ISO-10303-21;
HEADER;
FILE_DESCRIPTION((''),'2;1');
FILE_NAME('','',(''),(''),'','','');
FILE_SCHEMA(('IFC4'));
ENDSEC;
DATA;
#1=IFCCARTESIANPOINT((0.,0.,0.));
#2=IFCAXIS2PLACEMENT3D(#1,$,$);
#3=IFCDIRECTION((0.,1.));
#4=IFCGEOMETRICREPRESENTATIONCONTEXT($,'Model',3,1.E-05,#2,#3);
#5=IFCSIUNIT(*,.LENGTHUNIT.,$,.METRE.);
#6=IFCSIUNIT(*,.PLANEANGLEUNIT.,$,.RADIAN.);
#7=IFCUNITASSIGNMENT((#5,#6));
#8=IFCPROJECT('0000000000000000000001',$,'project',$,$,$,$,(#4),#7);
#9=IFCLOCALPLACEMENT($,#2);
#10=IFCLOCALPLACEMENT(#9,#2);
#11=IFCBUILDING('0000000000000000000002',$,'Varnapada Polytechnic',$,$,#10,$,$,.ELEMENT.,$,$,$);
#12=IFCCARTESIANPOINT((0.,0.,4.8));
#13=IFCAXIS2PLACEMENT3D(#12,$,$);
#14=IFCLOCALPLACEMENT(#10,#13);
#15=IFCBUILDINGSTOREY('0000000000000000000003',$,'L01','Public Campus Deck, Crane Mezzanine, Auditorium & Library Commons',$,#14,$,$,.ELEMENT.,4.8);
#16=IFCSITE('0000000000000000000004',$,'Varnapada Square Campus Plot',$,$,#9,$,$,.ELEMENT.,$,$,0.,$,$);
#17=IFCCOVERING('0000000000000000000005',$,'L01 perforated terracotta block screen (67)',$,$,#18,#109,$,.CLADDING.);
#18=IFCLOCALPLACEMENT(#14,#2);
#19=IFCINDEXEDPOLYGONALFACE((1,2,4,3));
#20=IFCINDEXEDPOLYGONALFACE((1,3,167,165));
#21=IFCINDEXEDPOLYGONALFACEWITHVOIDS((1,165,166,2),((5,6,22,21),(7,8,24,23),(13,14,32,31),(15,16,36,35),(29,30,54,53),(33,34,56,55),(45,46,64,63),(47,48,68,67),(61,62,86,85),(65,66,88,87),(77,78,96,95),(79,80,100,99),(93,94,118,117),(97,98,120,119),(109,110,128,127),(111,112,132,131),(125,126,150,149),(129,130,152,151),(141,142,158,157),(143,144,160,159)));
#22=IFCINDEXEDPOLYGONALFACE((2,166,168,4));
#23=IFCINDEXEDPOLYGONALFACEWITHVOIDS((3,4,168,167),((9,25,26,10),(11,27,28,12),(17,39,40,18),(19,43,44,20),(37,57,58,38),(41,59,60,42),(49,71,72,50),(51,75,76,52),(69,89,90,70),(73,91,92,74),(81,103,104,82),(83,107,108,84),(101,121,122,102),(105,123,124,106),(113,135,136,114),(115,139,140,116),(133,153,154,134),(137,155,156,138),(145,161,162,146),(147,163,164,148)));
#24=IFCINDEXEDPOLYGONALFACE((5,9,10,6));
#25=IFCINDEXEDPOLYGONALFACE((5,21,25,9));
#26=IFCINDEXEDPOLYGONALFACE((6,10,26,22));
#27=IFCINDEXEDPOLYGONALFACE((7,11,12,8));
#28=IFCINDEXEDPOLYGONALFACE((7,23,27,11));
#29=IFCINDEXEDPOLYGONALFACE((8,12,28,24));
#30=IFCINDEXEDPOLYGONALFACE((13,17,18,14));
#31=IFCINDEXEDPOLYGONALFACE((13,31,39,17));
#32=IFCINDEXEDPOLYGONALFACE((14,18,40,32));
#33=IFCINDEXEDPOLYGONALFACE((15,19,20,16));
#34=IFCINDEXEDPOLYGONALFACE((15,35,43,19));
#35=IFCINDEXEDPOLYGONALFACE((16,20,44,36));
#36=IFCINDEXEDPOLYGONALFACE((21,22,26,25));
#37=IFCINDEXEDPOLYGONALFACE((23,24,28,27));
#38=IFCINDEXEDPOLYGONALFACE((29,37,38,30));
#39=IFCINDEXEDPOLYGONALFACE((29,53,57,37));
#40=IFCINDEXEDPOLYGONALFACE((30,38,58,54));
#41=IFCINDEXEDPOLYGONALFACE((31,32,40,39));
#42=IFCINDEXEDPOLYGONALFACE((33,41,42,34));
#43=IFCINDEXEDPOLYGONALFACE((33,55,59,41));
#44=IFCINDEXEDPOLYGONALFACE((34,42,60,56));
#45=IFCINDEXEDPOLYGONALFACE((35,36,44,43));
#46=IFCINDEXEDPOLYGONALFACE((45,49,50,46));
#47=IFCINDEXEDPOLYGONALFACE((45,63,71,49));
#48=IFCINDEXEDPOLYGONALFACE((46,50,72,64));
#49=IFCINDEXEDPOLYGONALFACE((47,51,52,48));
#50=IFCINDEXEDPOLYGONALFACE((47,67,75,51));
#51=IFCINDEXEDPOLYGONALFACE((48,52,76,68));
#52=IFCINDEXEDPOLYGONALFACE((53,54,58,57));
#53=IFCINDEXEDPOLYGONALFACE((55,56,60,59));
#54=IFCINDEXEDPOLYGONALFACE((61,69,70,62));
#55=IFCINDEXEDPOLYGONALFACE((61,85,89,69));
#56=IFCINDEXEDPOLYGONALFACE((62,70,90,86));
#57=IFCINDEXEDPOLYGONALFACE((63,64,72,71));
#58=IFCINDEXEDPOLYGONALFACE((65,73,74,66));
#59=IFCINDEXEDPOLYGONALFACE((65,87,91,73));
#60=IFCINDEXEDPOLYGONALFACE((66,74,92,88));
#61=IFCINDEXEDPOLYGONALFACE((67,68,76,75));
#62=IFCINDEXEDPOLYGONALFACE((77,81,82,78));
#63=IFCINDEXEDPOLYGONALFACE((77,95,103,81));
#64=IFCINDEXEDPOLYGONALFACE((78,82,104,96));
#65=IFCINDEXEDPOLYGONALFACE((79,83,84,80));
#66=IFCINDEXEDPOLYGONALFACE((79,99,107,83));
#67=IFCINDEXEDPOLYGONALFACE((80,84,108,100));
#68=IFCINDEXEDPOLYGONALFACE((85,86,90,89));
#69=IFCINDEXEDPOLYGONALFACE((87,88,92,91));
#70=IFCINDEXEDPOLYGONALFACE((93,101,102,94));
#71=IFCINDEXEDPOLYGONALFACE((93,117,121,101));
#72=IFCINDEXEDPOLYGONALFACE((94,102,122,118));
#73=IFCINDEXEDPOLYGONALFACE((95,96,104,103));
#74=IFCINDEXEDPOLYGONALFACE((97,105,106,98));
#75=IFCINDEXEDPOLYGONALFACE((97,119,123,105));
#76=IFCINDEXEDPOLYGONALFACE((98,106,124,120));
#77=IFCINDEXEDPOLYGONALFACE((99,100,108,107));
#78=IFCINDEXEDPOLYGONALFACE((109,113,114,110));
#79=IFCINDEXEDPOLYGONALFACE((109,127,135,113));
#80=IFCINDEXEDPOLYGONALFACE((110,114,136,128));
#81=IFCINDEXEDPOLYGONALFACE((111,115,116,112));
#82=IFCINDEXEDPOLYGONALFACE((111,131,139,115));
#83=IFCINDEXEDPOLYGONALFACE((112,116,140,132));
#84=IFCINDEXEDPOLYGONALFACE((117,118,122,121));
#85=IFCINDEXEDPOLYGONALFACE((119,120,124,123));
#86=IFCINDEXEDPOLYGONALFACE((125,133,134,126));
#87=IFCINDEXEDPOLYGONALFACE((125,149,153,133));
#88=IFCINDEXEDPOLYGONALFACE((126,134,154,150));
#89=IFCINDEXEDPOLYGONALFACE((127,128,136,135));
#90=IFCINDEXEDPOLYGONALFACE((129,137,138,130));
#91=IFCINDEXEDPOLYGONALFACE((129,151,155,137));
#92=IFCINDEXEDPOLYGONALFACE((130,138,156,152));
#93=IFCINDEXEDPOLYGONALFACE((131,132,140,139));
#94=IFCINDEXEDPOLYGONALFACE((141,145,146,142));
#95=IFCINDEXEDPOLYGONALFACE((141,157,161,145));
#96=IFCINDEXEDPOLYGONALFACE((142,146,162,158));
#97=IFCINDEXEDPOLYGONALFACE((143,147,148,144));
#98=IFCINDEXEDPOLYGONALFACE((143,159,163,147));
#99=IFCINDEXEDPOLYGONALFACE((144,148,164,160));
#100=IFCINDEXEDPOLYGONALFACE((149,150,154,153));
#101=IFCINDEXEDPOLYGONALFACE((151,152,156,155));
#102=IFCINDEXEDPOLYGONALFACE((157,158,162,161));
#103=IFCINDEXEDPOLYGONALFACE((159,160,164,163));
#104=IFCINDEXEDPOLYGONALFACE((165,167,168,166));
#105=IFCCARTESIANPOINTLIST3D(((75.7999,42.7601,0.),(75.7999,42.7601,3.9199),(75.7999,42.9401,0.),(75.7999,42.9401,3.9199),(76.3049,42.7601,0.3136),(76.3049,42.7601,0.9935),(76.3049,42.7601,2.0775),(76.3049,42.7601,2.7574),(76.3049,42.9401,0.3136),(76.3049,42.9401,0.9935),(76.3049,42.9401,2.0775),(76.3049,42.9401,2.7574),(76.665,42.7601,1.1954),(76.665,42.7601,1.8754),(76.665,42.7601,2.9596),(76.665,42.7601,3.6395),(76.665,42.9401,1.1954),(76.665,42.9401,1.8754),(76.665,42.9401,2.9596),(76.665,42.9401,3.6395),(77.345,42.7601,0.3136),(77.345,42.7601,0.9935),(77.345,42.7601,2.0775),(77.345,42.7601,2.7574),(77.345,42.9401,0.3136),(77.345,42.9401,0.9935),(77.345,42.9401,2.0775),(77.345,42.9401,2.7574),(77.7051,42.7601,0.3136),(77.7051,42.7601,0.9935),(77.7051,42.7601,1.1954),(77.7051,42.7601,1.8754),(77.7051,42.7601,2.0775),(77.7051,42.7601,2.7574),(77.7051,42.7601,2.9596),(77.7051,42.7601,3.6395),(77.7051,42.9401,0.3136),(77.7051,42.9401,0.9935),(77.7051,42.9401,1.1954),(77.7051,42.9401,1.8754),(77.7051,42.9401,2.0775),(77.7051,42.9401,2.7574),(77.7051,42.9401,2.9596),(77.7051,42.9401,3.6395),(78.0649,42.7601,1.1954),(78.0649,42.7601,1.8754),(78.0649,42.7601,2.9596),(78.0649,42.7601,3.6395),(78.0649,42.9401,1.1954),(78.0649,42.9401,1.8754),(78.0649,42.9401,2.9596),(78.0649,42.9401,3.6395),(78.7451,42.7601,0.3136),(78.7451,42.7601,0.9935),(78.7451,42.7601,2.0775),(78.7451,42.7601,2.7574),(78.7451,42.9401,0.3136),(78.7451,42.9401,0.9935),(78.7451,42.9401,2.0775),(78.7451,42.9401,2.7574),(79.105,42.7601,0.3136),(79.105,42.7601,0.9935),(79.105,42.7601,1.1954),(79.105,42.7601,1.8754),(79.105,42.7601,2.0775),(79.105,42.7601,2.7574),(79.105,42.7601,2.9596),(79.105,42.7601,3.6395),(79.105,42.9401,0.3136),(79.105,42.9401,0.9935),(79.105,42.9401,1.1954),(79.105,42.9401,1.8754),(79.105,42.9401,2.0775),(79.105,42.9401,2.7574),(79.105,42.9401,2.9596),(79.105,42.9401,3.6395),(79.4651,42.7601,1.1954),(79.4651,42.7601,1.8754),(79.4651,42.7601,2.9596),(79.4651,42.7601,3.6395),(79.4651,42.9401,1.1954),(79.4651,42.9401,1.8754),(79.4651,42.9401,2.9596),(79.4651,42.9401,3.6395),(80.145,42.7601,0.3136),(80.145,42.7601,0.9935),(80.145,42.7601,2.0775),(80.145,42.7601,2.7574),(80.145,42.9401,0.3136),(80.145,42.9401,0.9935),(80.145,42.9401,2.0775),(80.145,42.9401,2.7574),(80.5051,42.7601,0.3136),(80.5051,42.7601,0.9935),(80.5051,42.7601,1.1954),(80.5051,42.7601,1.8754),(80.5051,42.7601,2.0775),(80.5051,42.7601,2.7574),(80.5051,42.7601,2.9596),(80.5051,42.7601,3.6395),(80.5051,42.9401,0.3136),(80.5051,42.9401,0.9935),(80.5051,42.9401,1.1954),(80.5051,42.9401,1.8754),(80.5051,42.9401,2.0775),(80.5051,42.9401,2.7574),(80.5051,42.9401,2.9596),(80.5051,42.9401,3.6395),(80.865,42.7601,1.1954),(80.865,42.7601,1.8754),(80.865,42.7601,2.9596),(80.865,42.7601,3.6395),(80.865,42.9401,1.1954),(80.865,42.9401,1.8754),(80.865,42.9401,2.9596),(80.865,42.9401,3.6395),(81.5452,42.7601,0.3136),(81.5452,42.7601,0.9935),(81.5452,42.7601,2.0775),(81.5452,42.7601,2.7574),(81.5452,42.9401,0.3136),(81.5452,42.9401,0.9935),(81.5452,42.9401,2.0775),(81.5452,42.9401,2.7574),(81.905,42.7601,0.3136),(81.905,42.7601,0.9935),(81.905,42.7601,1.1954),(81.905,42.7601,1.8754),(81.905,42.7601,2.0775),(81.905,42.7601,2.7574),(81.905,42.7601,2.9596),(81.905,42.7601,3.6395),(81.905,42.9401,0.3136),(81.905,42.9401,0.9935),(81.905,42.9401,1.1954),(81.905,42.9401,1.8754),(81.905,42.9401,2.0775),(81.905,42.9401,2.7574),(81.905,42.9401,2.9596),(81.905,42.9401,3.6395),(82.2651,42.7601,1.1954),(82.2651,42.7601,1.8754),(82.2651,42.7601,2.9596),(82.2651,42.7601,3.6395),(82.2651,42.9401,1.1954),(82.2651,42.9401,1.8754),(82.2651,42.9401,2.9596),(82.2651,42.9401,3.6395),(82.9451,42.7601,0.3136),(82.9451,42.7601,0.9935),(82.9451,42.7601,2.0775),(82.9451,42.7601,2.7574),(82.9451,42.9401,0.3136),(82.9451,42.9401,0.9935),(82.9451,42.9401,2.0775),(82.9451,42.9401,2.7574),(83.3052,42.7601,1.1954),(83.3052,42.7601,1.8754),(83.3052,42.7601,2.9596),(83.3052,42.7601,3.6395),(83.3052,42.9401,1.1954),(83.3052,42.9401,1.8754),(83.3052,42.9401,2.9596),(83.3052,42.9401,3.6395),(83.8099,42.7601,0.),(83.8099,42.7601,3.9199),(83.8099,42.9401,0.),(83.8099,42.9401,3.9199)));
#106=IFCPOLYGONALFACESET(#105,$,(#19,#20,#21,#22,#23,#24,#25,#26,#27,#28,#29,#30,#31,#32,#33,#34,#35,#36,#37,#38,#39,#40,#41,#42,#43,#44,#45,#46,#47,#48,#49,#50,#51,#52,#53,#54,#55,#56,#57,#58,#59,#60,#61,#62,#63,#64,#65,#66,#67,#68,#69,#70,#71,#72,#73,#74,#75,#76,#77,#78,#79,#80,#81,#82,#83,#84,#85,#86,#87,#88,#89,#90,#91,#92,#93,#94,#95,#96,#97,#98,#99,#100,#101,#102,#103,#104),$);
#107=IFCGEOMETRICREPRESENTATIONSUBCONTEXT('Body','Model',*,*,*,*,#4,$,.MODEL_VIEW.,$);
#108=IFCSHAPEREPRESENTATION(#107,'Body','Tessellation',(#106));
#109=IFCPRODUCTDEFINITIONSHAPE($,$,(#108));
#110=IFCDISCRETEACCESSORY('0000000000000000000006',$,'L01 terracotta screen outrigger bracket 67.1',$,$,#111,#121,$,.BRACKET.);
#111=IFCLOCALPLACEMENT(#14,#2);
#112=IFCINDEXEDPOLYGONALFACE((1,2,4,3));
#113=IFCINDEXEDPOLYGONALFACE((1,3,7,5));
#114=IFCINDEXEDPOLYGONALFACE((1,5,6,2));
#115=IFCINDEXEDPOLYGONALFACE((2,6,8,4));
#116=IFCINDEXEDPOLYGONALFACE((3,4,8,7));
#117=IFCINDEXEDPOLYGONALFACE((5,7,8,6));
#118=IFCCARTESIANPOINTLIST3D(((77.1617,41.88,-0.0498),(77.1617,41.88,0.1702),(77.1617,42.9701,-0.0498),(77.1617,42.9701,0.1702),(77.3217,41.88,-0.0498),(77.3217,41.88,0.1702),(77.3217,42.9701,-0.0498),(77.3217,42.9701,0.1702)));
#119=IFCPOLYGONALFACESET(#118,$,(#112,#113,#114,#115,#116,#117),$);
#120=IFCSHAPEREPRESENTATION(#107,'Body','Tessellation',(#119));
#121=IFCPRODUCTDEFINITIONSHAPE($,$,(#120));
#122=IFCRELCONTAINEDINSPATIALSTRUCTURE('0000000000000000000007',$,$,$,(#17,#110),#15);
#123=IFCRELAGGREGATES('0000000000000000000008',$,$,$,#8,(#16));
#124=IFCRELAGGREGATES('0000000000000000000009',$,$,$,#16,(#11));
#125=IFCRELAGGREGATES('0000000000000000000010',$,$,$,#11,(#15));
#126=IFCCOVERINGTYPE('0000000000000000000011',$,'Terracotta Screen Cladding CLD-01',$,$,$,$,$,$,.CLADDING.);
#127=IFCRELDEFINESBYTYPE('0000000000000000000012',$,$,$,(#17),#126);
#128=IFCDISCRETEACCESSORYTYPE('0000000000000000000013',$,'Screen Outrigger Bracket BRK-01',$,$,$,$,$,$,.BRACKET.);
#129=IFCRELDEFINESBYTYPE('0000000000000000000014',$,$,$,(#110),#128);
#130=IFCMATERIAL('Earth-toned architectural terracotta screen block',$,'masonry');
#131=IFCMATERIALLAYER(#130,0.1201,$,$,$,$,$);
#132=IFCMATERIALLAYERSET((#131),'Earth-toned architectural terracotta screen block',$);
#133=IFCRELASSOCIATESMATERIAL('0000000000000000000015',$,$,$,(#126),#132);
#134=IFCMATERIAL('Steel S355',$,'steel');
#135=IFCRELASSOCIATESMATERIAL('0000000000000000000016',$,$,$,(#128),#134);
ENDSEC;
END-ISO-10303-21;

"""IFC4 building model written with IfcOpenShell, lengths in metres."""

from ifc_helpers import new_model, si_unit, direction, frame, frame_2d, origin, origin_2d, place, context, subcontext, project, spatial, rectangle, extrude, material, layer, layer_set, type_object, element, save


model = new_model("IFC4")

# Units and contexts
model_context = context("Model", 3, precision=1e-05, world=origin(), true_north=direction((0.0, 1.0)))
body_context = subcontext(model_context, "Body", "Model", "MODEL_VIEW")
ifc_project = project(units=[si_unit("LENGTHUNIT", "METRE"), si_unit("PLANEANGLEUNIT", "RADIAN")], contexts=[model_context])

# Site, building, storey
site_placement = place(None, origin())
site = spatial("IfcSite", under=ifc_project, at=site_placement, Name="Varnapada Square Campus Plot", CompositionType="ELEMENT", RefElevation=0.0)
building_placement = place(site_placement, origin())
building = spatial("IfcBuilding", under=site, at=building_placement, Name="Varnapada Polytechnic", CompositionType="ELEMENT")
storey_placement = place(building_placement, frame((0.0, 0.0, 4.8)))
storey = spatial("IfcBuildingStorey", under=building, at=storey_placement, Name="L01", Description="Public Campus Deck, Crane Mezzanine, Auditorium & Library Commons", CompositionType="ELEMENT", Elevation=4.8)

# Covering, openings
ifc_material_1 = material(Name="Earth-toned architectural terracotta screen block", Category="masonry")
ifc_layer_1 = layer(ifc_material_1, 0.1201)
ifc_layer_set_1 = layer_set([ifc_layer_1], Name="Earth-toned architectural terracotta screen block")
covering_type = type_object("IfcCoveringType", Name="Terracotta Screen Cladding CLD-01", PredefinedType="CLADDING", material=ifc_layer_set_1)
covering_placement = place(storey_placement, frame((75.8, 42.8501, 0.0), z_axis=(0.0, 0.0, 1.0), x_axis=(1.0, 0.0, 0.0)))
covering = element("IfcCovering", 1, at=covering_placement, inside=storey, type_object=covering_type, Name="L01 perforated terracotta block screen (67)", PredefinedType="CLADDING", context=body_context, shape_type="SweptSolid", body=[
    extrude(rectangle(XDim=8.01, YDim=0.1799, at=frame_2d((4.0049, 0.0))), origin(), (0.0, 0.0, 1.0), 3.9199),
])
opening_1_placement = place(covering_placement, frame((0.5049, 0.0, 0.3137)))
element("IfcOpeningElement", 2, at=opening_1_placement, cuts=covering, PredefinedType="OPENING", context=body_context, shape_type="SweptSolid", body=[
    extrude(rectangle(XDim=1.04, YDim=0.6799, at=frame_2d((0.52, 0.3398))), frame((0.0, 0.0999, 0.0), z_axis=(0.0, -1.0, 0.0), x_axis=(1.0, 0.0, 0.0)), (0.0, 0.0, 1.0), 0.2),
])
opening_2_placement = place(covering_placement, frame((1.905, 0.0, 0.3137)))
element("IfcOpeningElement", 3, at=opening_2_placement, cuts=covering, PredefinedType="OPENING", context=body_context, shape_type="SweptSolid", body=[
    extrude(rectangle(XDim=1.04, YDim=0.6799, at=frame_2d((0.52, 0.3398))), frame((0.0, 0.0999, 0.0), z_axis=(0.0, -1.0, 0.0), x_axis=(1.0, 0.0, 0.0)), (0.0, 0.0, 1.0), 0.2),
])
opening_3_placement = place(covering_placement, frame((3.3049, 0.0, 0.3137)))
element("IfcOpeningElement", 4, at=opening_3_placement, cuts=covering, PredefinedType="OPENING", context=body_context, shape_type="SweptSolid", body=[
    extrude(rectangle(XDim=1.04, YDim=0.6799, at=frame_2d((0.52, 0.3398))), frame((0.0, 0.0999, 0.0), z_axis=(0.0, -1.0, 0.0), x_axis=(1.0, 0.0, 0.0)), (0.0, 0.0, 1.0), 0.2),
])
opening_4_placement = place(covering_placement, frame((4.7051, 0.0, 0.3137)))
element("IfcOpeningElement", 5, at=opening_4_placement, cuts=covering, PredefinedType="OPENING", context=body_context, shape_type="SweptSolid", body=[
    extrude(rectangle(XDim=1.04, YDim=0.6799, at=frame_2d((0.52, 0.3398))), frame((0.0, 0.0999, 0.0), z_axis=(0.0, -1.0, 0.0), x_axis=(1.0, 0.0, 0.0)), (0.0, 0.0, 1.0), 0.2),
])
opening_5_placement = place(covering_placement, frame((6.105, 0.0, 0.3137)))
element("IfcOpeningElement", 6, at=opening_5_placement, cuts=covering, PredefinedType="OPENING", context=body_context, shape_type="SweptSolid", body=[
    extrude(rectangle(XDim=1.04, YDim=0.6799, at=frame_2d((0.52, 0.3398))), frame((0.0, 0.0999, 0.0), z_axis=(0.0, -1.0, 0.0), x_axis=(1.0, 0.0, 0.0)), (0.0, 0.0, 1.0), 0.2),
])
opening_6_placement = place(covering_placement, frame((0.865, 0.0, 1.1956)))
element("IfcOpeningElement", 7, at=opening_6_placement, cuts=covering, PredefinedType="OPENING", context=body_context, shape_type="SweptSolid", body=[
    extrude(rectangle(XDim=1.04, YDim=0.6799, at=frame_2d((0.52, 0.3398))), frame((0.0, 0.0999, 0.0), z_axis=(0.0, -1.0, 0.0), x_axis=(1.0, 0.0, 0.0)), (0.0, 0.0, 1.0), 0.2),
])
opening_7_placement = place(covering_placement, frame((2.2649, 0.0, 1.1956)))
element("IfcOpeningElement", 8, at=opening_7_placement, cuts=covering, PredefinedType="OPENING", context=body_context, shape_type="SweptSolid", body=[
    extrude(rectangle(XDim=1.04, YDim=0.6799, at=frame_2d((0.52, 0.3398))), frame((0.0, 0.0999, 0.0), z_axis=(0.0, -1.0, 0.0), x_axis=(1.0, 0.0, 0.0)), (0.0, 0.0, 1.0), 0.2),
])
opening_8_placement = place(covering_placement, frame((3.665, 0.0, 1.1956)))
element("IfcOpeningElement", 9, at=opening_8_placement, cuts=covering, PredefinedType="OPENING", context=body_context, shape_type="SweptSolid", body=[
    extrude(rectangle(XDim=1.04, YDim=0.6799, at=frame_2d((0.52, 0.3398))), frame((0.0, 0.0999, 0.0), z_axis=(0.0, -1.0, 0.0), x_axis=(1.0, 0.0, 0.0)), (0.0, 0.0, 1.0), 0.2),
])
opening_9_placement = place(covering_placement, frame((5.0649, 0.0, 1.1956)))
element("IfcOpeningElement", 10, at=opening_9_placement, cuts=covering, PredefinedType="OPENING", context=body_context, shape_type="SweptSolid", body=[
    extrude(rectangle(XDim=1.04, YDim=0.6799, at=frame_2d((0.52, 0.3398))), frame((0.0, 0.0999, 0.0), z_axis=(0.0, -1.0, 0.0), x_axis=(1.0, 0.0, 0.0)), (0.0, 0.0, 1.0), 0.2),
])
opening_10_placement = place(covering_placement, frame((6.4651, 0.0, 1.1956)))
element("IfcOpeningElement", 11, at=opening_10_placement, cuts=covering, PredefinedType="OPENING", context=body_context, shape_type="SweptSolid", body=[
    extrude(rectangle(XDim=1.04, YDim=0.6799, at=frame_2d((0.52, 0.3398))), frame((0.0, 0.0999, 0.0), z_axis=(0.0, -1.0, 0.0), x_axis=(1.0, 0.0, 0.0)), (0.0, 0.0, 1.0), 0.2),
])
opening_11_placement = place(covering_placement, frame((0.5049, 0.0, 2.0776)))
element("IfcOpeningElement", 12, at=opening_11_placement, cuts=covering, PredefinedType="OPENING", context=body_context, shape_type="SweptSolid", body=[
    extrude(rectangle(XDim=1.04, YDim=0.6799, at=frame_2d((0.52, 0.3398))), frame((0.0, 0.0999, 0.0), z_axis=(0.0, -1.0, 0.0), x_axis=(1.0, 0.0, 0.0)), (0.0, 0.0, 1.0), 0.2),
])
opening_12_placement = place(covering_placement, frame((1.905, 0.0, 2.0776)))
element("IfcOpeningElement", 13, at=opening_12_placement, cuts=covering, PredefinedType="OPENING", context=body_context, shape_type="SweptSolid", body=[
    extrude(rectangle(XDim=1.04, YDim=0.6799, at=frame_2d((0.52, 0.3398))), frame((0.0, 0.0999, 0.0), z_axis=(0.0, -1.0, 0.0), x_axis=(1.0, 0.0, 0.0)), (0.0, 0.0, 1.0), 0.2),
])
opening_13_placement = place(covering_placement, frame((3.3049, 0.0, 2.0776)))
element("IfcOpeningElement", 14, at=opening_13_placement, cuts=covering, PredefinedType="OPENING", context=body_context, shape_type="SweptSolid", body=[
    extrude(rectangle(XDim=1.04, YDim=0.6799, at=frame_2d((0.52, 0.3398))), frame((0.0, 0.0999, 0.0), z_axis=(0.0, -1.0, 0.0), x_axis=(1.0, 0.0, 0.0)), (0.0, 0.0, 1.0), 0.2),
])
opening_14_placement = place(covering_placement, frame((4.7051, 0.0, 2.0776)))
element("IfcOpeningElement", 15, at=opening_14_placement, cuts=covering, PredefinedType="OPENING", context=body_context, shape_type="SweptSolid", body=[
    extrude(rectangle(XDim=1.04, YDim=0.6799, at=frame_2d((0.52, 0.3398))), frame((0.0, 0.0999, 0.0), z_axis=(0.0, -1.0, 0.0), x_axis=(1.0, 0.0, 0.0)), (0.0, 0.0, 1.0), 0.2),
])
opening_15_placement = place(covering_placement, frame((6.105, 0.0, 2.0776)))
element("IfcOpeningElement", 16, at=opening_15_placement, cuts=covering, PredefinedType="OPENING", context=body_context, shape_type="SweptSolid", body=[
    extrude(rectangle(XDim=1.04, YDim=0.6799, at=frame_2d((0.52, 0.3398))), frame((0.0, 0.0999, 0.0), z_axis=(0.0, -1.0, 0.0), x_axis=(1.0, 0.0, 0.0)), (0.0, 0.0, 1.0), 0.2),
])
opening_16_placement = place(covering_placement, frame((0.865, 0.0, 2.9597)))
element("IfcOpeningElement", 17, at=opening_16_placement, cuts=covering, PredefinedType="OPENING", context=body_context, shape_type="SweptSolid", body=[
    extrude(rectangle(XDim=1.04, YDim=0.6799, at=frame_2d((0.52, 0.3398))), frame((0.0, 0.0999, 0.0), z_axis=(0.0, -1.0, 0.0), x_axis=(1.0, 0.0, 0.0)), (0.0, 0.0, 1.0), 0.2),
])
opening_17_placement = place(covering_placement, frame((2.2649, 0.0, 2.9597)))
element("IfcOpeningElement", 18, at=opening_17_placement, cuts=covering, PredefinedType="OPENING", context=body_context, shape_type="SweptSolid", body=[
    extrude(rectangle(XDim=1.04, YDim=0.6799, at=frame_2d((0.52, 0.3398))), frame((0.0, 0.0999, 0.0), z_axis=(0.0, -1.0, 0.0), x_axis=(1.0, 0.0, 0.0)), (0.0, 0.0, 1.0), 0.2),
])
opening_18_placement = place(covering_placement, frame((3.665, 0.0, 2.9597)))
element("IfcOpeningElement", 19, at=opening_18_placement, cuts=covering, PredefinedType="OPENING", context=body_context, shape_type="SweptSolid", body=[
    extrude(rectangle(XDim=1.04, YDim=0.6799, at=frame_2d((0.52, 0.3398))), frame((0.0, 0.0999, 0.0), z_axis=(0.0, -1.0, 0.0), x_axis=(1.0, 0.0, 0.0)), (0.0, 0.0, 1.0), 0.2),
])
opening_19_placement = place(covering_placement, frame((5.0649, 0.0, 2.9597)))
element("IfcOpeningElement", 20, at=opening_19_placement, cuts=covering, PredefinedType="OPENING", context=body_context, shape_type="SweptSolid", body=[
    extrude(rectangle(XDim=1.04, YDim=0.6799, at=frame_2d((0.52, 0.3398))), frame((0.0, 0.0999, 0.0), z_axis=(0.0, -1.0, 0.0), x_axis=(1.0, 0.0, 0.0)), (0.0, 0.0, 1.0), 0.2),
])
opening_20_placement = place(covering_placement, frame((6.4651, 0.0, 2.9597)))
element("IfcOpeningElement", 21, at=opening_20_placement, cuts=covering, PredefinedType="OPENING", context=body_context, shape_type="SweptSolid", body=[
    extrude(rectangle(XDim=1.04, YDim=0.6799, at=frame_2d((0.52, 0.3398))), frame((0.0, 0.0999, 0.0), z_axis=(0.0, -1.0, 0.0), x_axis=(1.0, 0.0, 0.0)), (0.0, 0.0, 1.0), 0.2),
])

# Discrete accessory
ifc_material_2 = material(Name="Steel S355", Category="steel")
discrete_accessory_type = type_object("IfcDiscreteAccessoryType", Name="Screen Outrigger Bracket BRK-01", PredefinedType="BRACKET", material=ifc_material_2)
for number, where, z_axis, x_axis, name in (
    (22, (77.2417, 42.425, -0.0498), (0.0, 0.0, 1.0), (1.0, 0.0, 0.0), "L01 terracotta screen outrigger bracket 67.1"),
):
    element("IfcDiscreteAccessory", number, at=place(storey_placement, frame(where, z_axis=z_axis, x_axis=x_axis)), inside=storey, type_object=discrete_accessory_type, Name=name, PredefinedType="BRACKET", context=body_context, shape_type="SweptSolid", body=[
        extrude(rectangle(XDim=0.1599, YDim=1.0901, at=origin_2d()), origin(), (0.0, 0.0, 1.0), 0.22),
    ])

save(model, "model.ifc")
